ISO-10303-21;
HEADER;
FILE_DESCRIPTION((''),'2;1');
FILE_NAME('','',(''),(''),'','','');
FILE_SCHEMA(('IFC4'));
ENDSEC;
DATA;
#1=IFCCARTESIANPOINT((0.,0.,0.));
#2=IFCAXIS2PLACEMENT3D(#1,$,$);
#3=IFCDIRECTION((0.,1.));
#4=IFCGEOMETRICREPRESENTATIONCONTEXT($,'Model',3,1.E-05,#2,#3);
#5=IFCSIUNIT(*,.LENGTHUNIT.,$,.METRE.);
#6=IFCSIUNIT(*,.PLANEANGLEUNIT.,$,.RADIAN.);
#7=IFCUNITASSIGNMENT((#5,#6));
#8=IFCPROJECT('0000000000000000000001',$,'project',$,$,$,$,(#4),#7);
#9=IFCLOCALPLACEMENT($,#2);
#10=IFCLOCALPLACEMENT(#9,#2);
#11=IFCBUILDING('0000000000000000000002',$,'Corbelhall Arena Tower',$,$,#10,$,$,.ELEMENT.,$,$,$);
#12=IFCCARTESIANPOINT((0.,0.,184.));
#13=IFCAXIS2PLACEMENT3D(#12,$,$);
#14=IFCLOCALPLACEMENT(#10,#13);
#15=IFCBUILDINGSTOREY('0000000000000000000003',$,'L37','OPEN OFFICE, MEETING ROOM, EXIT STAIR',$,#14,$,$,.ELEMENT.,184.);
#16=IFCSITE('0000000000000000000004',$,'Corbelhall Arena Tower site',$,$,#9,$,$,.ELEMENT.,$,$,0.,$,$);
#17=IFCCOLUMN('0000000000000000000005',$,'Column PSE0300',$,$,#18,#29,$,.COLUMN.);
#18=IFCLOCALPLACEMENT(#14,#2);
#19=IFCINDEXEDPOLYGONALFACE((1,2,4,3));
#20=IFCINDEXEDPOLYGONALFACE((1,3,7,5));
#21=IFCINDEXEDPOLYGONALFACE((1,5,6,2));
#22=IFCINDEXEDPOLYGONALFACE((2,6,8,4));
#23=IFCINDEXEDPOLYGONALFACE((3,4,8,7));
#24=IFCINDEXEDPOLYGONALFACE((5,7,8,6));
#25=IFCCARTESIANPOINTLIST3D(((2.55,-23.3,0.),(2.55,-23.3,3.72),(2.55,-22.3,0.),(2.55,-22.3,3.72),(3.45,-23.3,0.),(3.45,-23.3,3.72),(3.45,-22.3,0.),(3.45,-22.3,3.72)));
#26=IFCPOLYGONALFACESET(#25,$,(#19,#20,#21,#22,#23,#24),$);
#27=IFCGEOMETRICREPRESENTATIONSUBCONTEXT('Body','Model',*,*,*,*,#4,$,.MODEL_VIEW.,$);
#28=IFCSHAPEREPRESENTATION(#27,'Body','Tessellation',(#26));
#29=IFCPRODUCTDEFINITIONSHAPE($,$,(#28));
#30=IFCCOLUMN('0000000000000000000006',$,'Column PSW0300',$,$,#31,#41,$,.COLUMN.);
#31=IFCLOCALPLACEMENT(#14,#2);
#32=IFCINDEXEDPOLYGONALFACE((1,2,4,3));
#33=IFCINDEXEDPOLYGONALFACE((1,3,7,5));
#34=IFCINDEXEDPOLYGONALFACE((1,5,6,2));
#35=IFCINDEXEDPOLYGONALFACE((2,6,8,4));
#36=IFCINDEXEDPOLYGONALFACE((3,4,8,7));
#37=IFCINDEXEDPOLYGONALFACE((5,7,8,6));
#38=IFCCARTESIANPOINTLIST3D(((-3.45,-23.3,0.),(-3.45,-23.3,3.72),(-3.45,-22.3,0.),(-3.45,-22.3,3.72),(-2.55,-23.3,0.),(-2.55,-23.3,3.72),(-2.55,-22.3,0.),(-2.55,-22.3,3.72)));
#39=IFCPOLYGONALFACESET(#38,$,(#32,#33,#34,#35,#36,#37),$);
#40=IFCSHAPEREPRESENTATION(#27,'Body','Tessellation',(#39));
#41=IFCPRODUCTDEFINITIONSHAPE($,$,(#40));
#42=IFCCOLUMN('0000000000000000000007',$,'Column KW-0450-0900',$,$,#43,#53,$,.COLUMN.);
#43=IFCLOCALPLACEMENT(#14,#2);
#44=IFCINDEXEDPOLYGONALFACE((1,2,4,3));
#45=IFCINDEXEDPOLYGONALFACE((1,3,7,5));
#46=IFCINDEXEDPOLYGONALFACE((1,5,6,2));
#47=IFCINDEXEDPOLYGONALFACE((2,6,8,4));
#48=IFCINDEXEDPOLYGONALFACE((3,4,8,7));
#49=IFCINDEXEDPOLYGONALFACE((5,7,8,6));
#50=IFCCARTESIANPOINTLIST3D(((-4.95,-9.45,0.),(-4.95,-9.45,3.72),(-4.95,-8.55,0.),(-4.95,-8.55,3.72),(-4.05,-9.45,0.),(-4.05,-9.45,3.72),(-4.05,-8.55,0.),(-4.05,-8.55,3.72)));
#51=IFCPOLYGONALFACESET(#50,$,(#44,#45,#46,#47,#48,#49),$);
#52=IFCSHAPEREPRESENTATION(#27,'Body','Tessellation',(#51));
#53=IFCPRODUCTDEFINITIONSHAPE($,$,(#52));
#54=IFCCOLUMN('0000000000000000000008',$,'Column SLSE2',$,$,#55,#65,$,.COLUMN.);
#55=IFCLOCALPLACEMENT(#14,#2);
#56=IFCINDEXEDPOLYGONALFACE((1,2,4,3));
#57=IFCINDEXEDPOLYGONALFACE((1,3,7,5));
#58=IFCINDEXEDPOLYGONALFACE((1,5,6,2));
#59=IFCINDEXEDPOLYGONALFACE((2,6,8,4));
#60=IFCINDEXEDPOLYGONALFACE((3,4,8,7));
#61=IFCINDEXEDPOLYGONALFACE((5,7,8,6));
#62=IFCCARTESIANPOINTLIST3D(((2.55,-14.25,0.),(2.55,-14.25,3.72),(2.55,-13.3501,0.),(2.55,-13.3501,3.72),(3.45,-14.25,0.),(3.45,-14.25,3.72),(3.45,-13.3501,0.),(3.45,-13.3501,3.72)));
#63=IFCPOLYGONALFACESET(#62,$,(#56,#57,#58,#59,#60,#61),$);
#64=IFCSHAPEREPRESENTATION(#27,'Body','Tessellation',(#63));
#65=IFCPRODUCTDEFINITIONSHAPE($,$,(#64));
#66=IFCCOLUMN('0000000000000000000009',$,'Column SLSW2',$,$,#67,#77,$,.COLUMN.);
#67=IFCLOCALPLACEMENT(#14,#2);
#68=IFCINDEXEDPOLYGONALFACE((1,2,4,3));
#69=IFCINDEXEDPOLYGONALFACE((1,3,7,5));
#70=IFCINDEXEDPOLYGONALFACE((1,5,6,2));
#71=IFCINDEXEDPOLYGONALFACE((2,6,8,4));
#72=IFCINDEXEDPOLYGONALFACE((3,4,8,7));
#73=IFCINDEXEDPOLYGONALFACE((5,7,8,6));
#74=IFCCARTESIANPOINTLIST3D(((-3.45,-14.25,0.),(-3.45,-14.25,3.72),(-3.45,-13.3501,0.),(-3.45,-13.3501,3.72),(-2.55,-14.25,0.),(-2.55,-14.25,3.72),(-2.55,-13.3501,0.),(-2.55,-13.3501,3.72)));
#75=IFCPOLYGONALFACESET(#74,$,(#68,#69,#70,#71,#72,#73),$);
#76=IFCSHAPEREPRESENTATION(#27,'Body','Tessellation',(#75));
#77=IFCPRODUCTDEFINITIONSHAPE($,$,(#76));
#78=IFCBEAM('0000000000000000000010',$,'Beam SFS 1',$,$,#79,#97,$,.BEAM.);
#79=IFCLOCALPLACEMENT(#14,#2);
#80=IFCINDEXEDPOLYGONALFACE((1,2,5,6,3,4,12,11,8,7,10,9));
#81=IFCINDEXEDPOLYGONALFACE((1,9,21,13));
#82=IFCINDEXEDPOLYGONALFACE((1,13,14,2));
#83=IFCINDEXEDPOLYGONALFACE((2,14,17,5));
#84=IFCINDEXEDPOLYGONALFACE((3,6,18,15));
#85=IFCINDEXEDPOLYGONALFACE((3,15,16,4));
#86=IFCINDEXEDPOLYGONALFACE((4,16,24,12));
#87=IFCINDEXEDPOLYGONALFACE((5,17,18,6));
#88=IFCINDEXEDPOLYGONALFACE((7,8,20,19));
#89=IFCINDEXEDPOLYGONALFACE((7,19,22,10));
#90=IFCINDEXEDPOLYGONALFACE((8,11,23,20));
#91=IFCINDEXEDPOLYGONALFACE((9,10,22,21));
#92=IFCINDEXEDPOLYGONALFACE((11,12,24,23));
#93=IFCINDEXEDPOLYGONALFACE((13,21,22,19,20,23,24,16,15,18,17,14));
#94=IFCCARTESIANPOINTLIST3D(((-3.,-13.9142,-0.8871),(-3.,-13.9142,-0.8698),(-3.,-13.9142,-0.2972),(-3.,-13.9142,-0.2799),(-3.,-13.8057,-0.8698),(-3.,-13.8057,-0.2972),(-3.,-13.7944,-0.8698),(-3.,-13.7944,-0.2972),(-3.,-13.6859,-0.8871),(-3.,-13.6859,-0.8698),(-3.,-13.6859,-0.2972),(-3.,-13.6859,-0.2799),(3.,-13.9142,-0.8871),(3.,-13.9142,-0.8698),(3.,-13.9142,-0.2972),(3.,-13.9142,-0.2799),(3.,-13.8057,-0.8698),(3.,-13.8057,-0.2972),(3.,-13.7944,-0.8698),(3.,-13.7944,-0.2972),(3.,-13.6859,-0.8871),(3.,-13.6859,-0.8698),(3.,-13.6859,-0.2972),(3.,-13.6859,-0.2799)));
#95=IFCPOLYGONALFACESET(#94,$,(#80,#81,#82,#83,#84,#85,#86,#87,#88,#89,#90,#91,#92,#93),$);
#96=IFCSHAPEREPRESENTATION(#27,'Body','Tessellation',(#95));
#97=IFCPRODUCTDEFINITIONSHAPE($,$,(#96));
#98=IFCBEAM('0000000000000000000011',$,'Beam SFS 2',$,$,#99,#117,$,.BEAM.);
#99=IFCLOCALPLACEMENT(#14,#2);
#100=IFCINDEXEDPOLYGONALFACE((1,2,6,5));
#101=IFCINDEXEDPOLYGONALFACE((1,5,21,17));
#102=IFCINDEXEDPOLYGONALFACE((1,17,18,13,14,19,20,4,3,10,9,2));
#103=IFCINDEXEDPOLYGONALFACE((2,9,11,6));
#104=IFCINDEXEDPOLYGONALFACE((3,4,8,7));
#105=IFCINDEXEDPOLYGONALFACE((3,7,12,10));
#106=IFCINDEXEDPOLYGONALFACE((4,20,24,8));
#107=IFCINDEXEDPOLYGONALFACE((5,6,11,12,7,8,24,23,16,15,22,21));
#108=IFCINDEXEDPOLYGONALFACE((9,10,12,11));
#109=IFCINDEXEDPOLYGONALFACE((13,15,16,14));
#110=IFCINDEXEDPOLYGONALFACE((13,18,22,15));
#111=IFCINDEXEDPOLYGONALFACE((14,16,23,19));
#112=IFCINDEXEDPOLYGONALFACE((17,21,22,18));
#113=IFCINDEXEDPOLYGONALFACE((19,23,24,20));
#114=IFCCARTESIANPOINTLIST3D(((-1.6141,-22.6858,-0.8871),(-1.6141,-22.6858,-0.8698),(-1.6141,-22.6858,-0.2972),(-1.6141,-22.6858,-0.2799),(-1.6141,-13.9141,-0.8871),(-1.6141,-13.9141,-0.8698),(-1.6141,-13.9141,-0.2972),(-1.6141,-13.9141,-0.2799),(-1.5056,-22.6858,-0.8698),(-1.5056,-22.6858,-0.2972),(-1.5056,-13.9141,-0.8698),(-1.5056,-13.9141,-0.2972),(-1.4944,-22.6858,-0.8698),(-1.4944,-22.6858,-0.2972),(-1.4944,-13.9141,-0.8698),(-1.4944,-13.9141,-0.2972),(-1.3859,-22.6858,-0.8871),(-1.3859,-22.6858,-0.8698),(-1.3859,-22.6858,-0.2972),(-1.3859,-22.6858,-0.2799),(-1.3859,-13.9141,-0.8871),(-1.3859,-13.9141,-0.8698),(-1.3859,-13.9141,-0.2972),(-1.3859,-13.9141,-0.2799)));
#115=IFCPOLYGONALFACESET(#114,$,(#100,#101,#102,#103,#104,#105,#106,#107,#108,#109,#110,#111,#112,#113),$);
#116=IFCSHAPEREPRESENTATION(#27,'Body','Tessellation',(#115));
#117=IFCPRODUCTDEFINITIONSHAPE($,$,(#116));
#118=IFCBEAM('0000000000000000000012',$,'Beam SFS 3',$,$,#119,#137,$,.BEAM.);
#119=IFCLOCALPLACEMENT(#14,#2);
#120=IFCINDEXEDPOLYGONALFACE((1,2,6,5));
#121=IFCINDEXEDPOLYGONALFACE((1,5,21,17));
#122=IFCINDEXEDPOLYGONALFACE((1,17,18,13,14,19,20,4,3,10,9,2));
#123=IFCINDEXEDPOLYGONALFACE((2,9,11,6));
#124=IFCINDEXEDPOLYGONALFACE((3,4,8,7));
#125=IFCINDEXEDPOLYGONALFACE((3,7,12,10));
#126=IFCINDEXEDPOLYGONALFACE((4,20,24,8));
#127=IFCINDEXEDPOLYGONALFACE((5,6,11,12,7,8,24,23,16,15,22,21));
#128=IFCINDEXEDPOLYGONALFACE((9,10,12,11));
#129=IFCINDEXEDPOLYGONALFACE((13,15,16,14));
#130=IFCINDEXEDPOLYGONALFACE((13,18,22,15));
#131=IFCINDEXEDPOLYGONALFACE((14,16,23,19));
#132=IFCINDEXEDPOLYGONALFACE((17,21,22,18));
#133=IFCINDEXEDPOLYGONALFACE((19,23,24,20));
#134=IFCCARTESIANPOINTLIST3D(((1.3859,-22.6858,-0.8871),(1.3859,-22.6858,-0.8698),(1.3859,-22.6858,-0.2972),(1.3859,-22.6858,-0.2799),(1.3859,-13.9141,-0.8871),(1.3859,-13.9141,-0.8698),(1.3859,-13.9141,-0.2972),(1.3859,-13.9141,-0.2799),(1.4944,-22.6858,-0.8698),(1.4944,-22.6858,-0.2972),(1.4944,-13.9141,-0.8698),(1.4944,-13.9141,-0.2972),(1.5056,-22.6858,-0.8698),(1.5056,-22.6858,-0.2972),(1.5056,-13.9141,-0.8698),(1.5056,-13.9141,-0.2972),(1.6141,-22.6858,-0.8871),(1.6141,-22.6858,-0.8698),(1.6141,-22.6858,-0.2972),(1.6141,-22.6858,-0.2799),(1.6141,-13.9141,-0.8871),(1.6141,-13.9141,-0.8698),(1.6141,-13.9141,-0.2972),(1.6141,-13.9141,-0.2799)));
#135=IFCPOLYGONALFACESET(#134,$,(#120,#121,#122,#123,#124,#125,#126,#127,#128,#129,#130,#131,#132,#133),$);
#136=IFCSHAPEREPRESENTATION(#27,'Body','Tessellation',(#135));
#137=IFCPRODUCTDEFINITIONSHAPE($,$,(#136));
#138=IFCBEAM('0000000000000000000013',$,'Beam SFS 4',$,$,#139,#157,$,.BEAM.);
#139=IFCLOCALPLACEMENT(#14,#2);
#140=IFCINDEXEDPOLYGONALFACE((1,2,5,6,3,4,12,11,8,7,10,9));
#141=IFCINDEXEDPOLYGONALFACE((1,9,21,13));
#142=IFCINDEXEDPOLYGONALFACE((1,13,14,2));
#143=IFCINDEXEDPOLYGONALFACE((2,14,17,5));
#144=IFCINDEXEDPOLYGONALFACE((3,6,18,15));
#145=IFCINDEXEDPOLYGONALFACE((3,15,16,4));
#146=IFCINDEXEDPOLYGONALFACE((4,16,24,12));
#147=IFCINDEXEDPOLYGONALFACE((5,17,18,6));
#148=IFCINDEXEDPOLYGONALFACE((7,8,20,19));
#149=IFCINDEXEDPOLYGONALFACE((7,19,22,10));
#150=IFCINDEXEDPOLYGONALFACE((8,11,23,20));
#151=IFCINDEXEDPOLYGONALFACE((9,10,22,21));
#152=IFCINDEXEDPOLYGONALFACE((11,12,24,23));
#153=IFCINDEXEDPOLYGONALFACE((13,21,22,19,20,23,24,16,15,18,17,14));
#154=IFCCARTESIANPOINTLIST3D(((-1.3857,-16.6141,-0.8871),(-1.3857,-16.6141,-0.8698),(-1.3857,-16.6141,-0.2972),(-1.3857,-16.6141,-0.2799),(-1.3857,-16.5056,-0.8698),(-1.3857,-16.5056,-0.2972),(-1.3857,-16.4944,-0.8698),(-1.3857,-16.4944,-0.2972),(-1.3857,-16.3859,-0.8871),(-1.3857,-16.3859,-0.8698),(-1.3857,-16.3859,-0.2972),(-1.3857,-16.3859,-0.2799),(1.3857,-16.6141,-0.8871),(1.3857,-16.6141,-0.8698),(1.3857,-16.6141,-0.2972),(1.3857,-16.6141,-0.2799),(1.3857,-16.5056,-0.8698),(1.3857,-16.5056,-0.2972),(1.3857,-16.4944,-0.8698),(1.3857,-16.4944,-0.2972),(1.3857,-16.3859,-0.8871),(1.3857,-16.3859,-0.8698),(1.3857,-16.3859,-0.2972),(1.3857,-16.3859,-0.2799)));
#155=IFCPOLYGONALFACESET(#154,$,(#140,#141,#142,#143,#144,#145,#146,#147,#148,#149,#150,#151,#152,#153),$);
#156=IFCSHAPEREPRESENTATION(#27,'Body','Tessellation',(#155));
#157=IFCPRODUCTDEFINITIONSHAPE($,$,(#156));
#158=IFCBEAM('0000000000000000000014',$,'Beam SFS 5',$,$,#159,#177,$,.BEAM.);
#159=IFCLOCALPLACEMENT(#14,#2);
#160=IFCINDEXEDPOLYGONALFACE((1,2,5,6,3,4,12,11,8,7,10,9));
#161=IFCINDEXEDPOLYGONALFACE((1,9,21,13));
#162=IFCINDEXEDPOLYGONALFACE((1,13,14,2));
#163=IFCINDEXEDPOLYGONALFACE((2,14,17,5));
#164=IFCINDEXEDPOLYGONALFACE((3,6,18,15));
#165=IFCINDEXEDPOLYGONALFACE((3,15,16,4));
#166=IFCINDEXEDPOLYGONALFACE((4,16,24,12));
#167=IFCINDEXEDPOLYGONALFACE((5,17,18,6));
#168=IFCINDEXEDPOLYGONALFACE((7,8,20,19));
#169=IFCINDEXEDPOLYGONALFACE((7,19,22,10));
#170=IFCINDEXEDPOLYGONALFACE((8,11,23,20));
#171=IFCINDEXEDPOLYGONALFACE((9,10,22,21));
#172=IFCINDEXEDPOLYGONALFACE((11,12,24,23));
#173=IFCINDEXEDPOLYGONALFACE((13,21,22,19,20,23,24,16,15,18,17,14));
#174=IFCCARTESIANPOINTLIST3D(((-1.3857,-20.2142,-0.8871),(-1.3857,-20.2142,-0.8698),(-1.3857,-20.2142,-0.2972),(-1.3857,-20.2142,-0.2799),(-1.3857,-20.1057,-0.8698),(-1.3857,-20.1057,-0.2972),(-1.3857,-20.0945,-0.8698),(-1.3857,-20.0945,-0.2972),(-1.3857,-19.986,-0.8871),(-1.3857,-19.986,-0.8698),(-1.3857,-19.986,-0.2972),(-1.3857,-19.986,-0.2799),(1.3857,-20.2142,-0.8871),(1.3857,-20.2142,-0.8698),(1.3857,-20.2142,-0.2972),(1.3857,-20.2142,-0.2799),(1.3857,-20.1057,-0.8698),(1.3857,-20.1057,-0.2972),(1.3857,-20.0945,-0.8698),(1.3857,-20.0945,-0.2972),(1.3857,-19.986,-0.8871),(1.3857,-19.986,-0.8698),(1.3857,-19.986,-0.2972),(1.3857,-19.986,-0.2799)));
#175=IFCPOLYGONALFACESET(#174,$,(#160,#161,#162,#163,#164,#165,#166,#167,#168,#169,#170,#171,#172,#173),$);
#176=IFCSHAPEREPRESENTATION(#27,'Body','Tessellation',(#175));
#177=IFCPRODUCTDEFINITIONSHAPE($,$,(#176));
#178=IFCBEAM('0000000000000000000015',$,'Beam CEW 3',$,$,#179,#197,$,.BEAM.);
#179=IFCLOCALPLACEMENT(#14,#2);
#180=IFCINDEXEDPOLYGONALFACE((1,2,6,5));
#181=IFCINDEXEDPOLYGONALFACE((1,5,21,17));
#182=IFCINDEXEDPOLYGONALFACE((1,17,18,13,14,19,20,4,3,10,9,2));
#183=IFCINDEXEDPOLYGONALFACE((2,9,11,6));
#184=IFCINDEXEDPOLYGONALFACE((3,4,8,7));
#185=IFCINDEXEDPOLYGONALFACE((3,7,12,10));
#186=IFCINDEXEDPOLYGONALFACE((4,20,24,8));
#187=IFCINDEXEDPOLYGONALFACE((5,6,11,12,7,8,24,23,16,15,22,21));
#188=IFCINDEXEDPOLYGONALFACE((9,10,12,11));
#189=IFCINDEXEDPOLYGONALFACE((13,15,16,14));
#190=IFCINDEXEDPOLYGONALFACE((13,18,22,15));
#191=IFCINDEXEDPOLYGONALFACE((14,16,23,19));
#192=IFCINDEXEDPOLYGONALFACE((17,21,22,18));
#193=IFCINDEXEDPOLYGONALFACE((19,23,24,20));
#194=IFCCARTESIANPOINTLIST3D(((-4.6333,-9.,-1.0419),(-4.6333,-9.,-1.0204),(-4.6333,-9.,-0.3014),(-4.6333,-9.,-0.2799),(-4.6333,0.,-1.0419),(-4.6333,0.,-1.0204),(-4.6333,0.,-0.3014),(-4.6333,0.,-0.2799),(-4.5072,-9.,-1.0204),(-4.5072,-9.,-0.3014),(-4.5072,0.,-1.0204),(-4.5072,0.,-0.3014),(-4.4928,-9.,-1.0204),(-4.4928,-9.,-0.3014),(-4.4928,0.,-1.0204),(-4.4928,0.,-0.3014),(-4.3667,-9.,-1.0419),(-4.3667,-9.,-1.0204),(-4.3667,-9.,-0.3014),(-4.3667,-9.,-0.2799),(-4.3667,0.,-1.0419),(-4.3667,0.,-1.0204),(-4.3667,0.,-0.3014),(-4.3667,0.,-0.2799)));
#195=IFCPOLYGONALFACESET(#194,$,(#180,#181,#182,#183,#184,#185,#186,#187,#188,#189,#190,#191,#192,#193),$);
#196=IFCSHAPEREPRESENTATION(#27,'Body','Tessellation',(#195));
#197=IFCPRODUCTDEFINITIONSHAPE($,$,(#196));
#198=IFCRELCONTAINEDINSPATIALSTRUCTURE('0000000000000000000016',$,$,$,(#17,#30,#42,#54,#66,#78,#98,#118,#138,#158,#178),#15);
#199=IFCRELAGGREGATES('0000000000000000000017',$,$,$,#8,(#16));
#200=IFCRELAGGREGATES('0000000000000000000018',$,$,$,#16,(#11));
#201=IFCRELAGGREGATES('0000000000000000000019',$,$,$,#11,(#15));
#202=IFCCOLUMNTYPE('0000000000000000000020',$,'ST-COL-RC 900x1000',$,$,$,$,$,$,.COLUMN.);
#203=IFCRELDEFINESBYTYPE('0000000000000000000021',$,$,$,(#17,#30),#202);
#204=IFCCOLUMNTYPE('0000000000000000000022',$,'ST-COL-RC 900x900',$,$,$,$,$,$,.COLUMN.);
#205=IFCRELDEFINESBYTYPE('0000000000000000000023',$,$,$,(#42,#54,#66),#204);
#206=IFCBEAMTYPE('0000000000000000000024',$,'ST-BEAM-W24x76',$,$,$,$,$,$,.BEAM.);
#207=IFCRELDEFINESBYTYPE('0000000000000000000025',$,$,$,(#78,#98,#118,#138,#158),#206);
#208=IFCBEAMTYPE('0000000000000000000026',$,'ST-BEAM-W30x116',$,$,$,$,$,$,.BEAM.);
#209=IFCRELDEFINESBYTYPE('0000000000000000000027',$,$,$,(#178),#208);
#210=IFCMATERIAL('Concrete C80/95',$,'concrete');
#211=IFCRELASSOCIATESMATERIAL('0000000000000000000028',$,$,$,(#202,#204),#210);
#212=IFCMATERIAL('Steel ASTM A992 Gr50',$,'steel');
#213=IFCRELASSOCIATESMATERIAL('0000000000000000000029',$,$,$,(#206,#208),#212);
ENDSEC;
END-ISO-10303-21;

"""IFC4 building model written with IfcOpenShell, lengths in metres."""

from ifc_helpers import new_model, si_unit, direction, frame, origin, origin_2d, place, context, subcontext, project, spatial, rectangle, i_section, extrude, material, material_profile, profile_set, type_object, element, save


model = new_model("IFC4")

# Units and contexts
model_context = context("Model", 3, precision=1e-05, world=origin(), true_north=direction((0.0, 1.0)))
body_context = subcontext(model_context, "Body", "Model", "MODEL_VIEW")
ifc_project = project(units=[si_unit("LENGTHUNIT", "METRE"), si_unit("PLANEANGLEUNIT", "RADIAN")], contexts=[model_context])

# Site, building, storey
site_placement = place(None, origin())
site = spatial("IfcSite", under=ifc_project, at=site_placement, Name="Corbelhall Arena Tower site", CompositionType="ELEMENT", RefElevation=0.0)
building_placement = place(site_placement, origin())
building = spatial("IfcBuilding", under=site, at=building_placement, Name="Corbelhall Arena Tower", CompositionType="ELEMENT")
storey_placement = place(building_placement, frame((0.0, 0.0, 184.0)))
storey = spatial("IfcBuildingStorey", under=building, at=storey_placement, Name="L37", Description="OPEN OFFICE, MEETING ROOM, EXIT STAIR", CompositionType="ELEMENT", Elevation=184.0)

# Columns
ifc_material_1 = material(Name="Concrete C80/95", Category="concrete")
ifc_material_profile_1 = material_profile(ifc_material_1, rectangle(XDim=0.8999, YDim=1.0, at=origin_2d()))
ifc_profile_set_1 = profile_set([ifc_material_profile_1], Name="Concrete C80/95")
column_type_1 = type_object("IfcColumnType", Name="ST-COL-RC 900x1000", PredefinedType="COLUMN", material=ifc_profile_set_1)
for number, where, z_axis, x_axis, name in (
    (1, (3.0, -22.8, 0.0), (0.0, 0.0, 1.0), (1.0, 0.0, 0.0), "Column PSE0300"),
    (2, (-3.0, -22.8, 0.0), (0.0, 0.0, 1.0), (1.0, 0.0, 0.0), "Column PSW0300"),
):
    element("IfcColumn", number, at=place(storey_placement, frame(where, z_axis=z_axis, x_axis=x_axis)), inside=storey, type_object=column_type_1, Name=name, PredefinedType="COLUMN", context=body_context, shape_type="SweptSolid", body=[
        extrude(rectangle(XDim=0.8999, YDim=1.0, at=origin_2d()), origin(), (0.0, 0.0, 1.0), 3.72),
    ])
ifc_material_profile_2 = material_profile(ifc_material_1, rectangle(XDim=0.8999, YDim=0.8999, at=origin_2d()))
ifc_profile_set_2 = profile_set([ifc_material_profile_2], Name="Concrete C80/95")
column_type_2 = type_object("IfcColumnType", Name="ST-COL-RC 900x900", PredefinedType="COLUMN", material=ifc_profile_set_2)
for number, where, z_axis, x_axis, name in (
    (3, (-4.5, -9.0, 0.0), (0.0, 0.0, 1.0), (1.0, 0.0, 0.0), "Column KW-0450-0900"),
    (4, (3.0, -13.8, 0.0), (0.0, 0.0, 1.0), (1.0, 0.0, 0.0), "Column SLSE2"),
    (5, (-3.0, -13.8, 0.0), (0.0, 0.0, 1.0), (1.0, 0.0, 0.0), "Column SLSW2"),
):
    element("IfcColumn", number, at=place(storey_placement, frame(where, z_axis=z_axis, x_axis=x_axis)), inside=storey, type_object=column_type_2, Name=name, PredefinedType="COLUMN", context=body_context, shape_type="SweptSolid", body=[
        extrude(rectangle(XDim=0.8999, YDim=0.8999, at=origin_2d()), origin(), (0.0, 0.0, 1.0), 3.72),
    ])

# Beams
ifc_material_2 = material(Name="Steel ASTM A992 Gr50", Category="steel")
ifc_material_profile_3 = material_profile(ifc_material_2, i_section(OverallWidth=0.2283, OverallDepth=0.6072, WebThickness=0.0112, FlangeThickness=0.0173, at=origin_2d()))
ifc_profile_set_3 = profile_set([ifc_material_profile_3], Name="Steel ASTM A992 Gr50")
beam_type_1 = type_object("IfcBeamType", Name="ST-BEAM-W24x76", PredefinedType="BEAM", material=ifc_profile_set_3)
beam_1_placement = place(storey_placement, frame((-3.0, -13.8, -0.5835), z_axis=(1.0, 0.0, 0.0), x_axis=(0.0, 1.0, 0.0)))
element("IfcBeam", 6, at=beam_1_placement, inside=storey, type_object=beam_type_1, Name="Beam SFS 1", PredefinedType="BEAM", context=body_context, shape_type="SweptSolid", body=[
    extrude(i_section(OverallWidth=0.2283, OverallDepth=0.6072, WebThickness=0.0112, FlangeThickness=0.0173, at=origin_2d()), origin(), (0.0, 0.0, 1.0), 6.0),
])
for number, where, z_axis, x_axis, name in (
    (7, (-1.5, -13.9141, -0.5835), (0.0, -1.0, 0.0), (1.0, 0.0, 0.0), "Beam SFS 2"),
    (8, (1.5, -13.9141, -0.5835), (0.0, -1.0, 0.0), (1.0, 0.0, 0.0), "Beam SFS 3"),
):
    element("IfcBeam", number, at=place(storey_placement, frame(where, z_axis=z_axis, x_axis=x_axis)), inside=storey, type_object=beam_type_1, Name=name, PredefinedType="BEAM", context=body_context, shape_type="SweptSolid", body=[
        extrude(i_section(OverallWidth=0.2283, OverallDepth=0.6072, WebThickness=0.0112, FlangeThickness=0.0173, at=origin_2d()), origin(), (0.0, 0.0, 1.0), 8.7717),
    ])
for number, where, z_axis, x_axis, name in (
    (9, (-1.3857, -16.5, -0.5835), (1.0, 0.0, 0.0), (0.0, 1.0, 0.0), "Beam SFS 4"),
    (10, (-1.3857, -20.1001, -0.5835), (1.0, 0.0, 0.0), (0.0, 1.0, 0.0), "Beam SFS 5"),
):
    element("IfcBeam", number, at=place(storey_placement, frame(where, z_axis=z_axis, x_axis=x_axis)), inside=storey, type_object=beam_type_1, Name=name, PredefinedType="BEAM", context=body_context, shape_type="SweptSolid", body=[
        extrude(i_section(OverallWidth=0.2283, OverallDepth=0.6072, WebThickness=0.0112, FlangeThickness=0.0173, at=origin_2d()), origin(), (0.0, 0.0, 1.0), 2.7715),
    ])
ifc_material_profile_4 = material_profile(ifc_material_2, i_section(OverallWidth=0.2666, OverallDepth=0.762, WebThickness=0.0144, FlangeThickness=0.0215, at=origin_2d()))
ifc_profile_set_4 = profile_set([ifc_material_profile_4], Name="Steel ASTM A992 Gr50")
beam_type_2 = type_object("IfcBeamType", Name="ST-BEAM-W30x116", PredefinedType="BEAM", material=ifc_profile_set_4)
beam_2_placement = place(storey_placement, frame((-4.5, -9.0, -0.6609), z_axis=(0.0, 1.0, 0.0), x_axis=(-1.0, 0.0, 0.0)))
element("IfcBeam", 11, at=beam_2_placement, inside=storey, type_object=beam_type_2, Name="Beam CEW 3", PredefinedType="BEAM", context=body_context, shape_type="SweptSolid", body=[
    extrude(i_section(OverallWidth=0.2666, OverallDepth=0.762, WebThickness=0.0144, FlangeThickness=0.0215, at=origin_2d()), origin(), (0.0, 0.0, 1.0), 9.0),
])

save(model, "model.ifc")
